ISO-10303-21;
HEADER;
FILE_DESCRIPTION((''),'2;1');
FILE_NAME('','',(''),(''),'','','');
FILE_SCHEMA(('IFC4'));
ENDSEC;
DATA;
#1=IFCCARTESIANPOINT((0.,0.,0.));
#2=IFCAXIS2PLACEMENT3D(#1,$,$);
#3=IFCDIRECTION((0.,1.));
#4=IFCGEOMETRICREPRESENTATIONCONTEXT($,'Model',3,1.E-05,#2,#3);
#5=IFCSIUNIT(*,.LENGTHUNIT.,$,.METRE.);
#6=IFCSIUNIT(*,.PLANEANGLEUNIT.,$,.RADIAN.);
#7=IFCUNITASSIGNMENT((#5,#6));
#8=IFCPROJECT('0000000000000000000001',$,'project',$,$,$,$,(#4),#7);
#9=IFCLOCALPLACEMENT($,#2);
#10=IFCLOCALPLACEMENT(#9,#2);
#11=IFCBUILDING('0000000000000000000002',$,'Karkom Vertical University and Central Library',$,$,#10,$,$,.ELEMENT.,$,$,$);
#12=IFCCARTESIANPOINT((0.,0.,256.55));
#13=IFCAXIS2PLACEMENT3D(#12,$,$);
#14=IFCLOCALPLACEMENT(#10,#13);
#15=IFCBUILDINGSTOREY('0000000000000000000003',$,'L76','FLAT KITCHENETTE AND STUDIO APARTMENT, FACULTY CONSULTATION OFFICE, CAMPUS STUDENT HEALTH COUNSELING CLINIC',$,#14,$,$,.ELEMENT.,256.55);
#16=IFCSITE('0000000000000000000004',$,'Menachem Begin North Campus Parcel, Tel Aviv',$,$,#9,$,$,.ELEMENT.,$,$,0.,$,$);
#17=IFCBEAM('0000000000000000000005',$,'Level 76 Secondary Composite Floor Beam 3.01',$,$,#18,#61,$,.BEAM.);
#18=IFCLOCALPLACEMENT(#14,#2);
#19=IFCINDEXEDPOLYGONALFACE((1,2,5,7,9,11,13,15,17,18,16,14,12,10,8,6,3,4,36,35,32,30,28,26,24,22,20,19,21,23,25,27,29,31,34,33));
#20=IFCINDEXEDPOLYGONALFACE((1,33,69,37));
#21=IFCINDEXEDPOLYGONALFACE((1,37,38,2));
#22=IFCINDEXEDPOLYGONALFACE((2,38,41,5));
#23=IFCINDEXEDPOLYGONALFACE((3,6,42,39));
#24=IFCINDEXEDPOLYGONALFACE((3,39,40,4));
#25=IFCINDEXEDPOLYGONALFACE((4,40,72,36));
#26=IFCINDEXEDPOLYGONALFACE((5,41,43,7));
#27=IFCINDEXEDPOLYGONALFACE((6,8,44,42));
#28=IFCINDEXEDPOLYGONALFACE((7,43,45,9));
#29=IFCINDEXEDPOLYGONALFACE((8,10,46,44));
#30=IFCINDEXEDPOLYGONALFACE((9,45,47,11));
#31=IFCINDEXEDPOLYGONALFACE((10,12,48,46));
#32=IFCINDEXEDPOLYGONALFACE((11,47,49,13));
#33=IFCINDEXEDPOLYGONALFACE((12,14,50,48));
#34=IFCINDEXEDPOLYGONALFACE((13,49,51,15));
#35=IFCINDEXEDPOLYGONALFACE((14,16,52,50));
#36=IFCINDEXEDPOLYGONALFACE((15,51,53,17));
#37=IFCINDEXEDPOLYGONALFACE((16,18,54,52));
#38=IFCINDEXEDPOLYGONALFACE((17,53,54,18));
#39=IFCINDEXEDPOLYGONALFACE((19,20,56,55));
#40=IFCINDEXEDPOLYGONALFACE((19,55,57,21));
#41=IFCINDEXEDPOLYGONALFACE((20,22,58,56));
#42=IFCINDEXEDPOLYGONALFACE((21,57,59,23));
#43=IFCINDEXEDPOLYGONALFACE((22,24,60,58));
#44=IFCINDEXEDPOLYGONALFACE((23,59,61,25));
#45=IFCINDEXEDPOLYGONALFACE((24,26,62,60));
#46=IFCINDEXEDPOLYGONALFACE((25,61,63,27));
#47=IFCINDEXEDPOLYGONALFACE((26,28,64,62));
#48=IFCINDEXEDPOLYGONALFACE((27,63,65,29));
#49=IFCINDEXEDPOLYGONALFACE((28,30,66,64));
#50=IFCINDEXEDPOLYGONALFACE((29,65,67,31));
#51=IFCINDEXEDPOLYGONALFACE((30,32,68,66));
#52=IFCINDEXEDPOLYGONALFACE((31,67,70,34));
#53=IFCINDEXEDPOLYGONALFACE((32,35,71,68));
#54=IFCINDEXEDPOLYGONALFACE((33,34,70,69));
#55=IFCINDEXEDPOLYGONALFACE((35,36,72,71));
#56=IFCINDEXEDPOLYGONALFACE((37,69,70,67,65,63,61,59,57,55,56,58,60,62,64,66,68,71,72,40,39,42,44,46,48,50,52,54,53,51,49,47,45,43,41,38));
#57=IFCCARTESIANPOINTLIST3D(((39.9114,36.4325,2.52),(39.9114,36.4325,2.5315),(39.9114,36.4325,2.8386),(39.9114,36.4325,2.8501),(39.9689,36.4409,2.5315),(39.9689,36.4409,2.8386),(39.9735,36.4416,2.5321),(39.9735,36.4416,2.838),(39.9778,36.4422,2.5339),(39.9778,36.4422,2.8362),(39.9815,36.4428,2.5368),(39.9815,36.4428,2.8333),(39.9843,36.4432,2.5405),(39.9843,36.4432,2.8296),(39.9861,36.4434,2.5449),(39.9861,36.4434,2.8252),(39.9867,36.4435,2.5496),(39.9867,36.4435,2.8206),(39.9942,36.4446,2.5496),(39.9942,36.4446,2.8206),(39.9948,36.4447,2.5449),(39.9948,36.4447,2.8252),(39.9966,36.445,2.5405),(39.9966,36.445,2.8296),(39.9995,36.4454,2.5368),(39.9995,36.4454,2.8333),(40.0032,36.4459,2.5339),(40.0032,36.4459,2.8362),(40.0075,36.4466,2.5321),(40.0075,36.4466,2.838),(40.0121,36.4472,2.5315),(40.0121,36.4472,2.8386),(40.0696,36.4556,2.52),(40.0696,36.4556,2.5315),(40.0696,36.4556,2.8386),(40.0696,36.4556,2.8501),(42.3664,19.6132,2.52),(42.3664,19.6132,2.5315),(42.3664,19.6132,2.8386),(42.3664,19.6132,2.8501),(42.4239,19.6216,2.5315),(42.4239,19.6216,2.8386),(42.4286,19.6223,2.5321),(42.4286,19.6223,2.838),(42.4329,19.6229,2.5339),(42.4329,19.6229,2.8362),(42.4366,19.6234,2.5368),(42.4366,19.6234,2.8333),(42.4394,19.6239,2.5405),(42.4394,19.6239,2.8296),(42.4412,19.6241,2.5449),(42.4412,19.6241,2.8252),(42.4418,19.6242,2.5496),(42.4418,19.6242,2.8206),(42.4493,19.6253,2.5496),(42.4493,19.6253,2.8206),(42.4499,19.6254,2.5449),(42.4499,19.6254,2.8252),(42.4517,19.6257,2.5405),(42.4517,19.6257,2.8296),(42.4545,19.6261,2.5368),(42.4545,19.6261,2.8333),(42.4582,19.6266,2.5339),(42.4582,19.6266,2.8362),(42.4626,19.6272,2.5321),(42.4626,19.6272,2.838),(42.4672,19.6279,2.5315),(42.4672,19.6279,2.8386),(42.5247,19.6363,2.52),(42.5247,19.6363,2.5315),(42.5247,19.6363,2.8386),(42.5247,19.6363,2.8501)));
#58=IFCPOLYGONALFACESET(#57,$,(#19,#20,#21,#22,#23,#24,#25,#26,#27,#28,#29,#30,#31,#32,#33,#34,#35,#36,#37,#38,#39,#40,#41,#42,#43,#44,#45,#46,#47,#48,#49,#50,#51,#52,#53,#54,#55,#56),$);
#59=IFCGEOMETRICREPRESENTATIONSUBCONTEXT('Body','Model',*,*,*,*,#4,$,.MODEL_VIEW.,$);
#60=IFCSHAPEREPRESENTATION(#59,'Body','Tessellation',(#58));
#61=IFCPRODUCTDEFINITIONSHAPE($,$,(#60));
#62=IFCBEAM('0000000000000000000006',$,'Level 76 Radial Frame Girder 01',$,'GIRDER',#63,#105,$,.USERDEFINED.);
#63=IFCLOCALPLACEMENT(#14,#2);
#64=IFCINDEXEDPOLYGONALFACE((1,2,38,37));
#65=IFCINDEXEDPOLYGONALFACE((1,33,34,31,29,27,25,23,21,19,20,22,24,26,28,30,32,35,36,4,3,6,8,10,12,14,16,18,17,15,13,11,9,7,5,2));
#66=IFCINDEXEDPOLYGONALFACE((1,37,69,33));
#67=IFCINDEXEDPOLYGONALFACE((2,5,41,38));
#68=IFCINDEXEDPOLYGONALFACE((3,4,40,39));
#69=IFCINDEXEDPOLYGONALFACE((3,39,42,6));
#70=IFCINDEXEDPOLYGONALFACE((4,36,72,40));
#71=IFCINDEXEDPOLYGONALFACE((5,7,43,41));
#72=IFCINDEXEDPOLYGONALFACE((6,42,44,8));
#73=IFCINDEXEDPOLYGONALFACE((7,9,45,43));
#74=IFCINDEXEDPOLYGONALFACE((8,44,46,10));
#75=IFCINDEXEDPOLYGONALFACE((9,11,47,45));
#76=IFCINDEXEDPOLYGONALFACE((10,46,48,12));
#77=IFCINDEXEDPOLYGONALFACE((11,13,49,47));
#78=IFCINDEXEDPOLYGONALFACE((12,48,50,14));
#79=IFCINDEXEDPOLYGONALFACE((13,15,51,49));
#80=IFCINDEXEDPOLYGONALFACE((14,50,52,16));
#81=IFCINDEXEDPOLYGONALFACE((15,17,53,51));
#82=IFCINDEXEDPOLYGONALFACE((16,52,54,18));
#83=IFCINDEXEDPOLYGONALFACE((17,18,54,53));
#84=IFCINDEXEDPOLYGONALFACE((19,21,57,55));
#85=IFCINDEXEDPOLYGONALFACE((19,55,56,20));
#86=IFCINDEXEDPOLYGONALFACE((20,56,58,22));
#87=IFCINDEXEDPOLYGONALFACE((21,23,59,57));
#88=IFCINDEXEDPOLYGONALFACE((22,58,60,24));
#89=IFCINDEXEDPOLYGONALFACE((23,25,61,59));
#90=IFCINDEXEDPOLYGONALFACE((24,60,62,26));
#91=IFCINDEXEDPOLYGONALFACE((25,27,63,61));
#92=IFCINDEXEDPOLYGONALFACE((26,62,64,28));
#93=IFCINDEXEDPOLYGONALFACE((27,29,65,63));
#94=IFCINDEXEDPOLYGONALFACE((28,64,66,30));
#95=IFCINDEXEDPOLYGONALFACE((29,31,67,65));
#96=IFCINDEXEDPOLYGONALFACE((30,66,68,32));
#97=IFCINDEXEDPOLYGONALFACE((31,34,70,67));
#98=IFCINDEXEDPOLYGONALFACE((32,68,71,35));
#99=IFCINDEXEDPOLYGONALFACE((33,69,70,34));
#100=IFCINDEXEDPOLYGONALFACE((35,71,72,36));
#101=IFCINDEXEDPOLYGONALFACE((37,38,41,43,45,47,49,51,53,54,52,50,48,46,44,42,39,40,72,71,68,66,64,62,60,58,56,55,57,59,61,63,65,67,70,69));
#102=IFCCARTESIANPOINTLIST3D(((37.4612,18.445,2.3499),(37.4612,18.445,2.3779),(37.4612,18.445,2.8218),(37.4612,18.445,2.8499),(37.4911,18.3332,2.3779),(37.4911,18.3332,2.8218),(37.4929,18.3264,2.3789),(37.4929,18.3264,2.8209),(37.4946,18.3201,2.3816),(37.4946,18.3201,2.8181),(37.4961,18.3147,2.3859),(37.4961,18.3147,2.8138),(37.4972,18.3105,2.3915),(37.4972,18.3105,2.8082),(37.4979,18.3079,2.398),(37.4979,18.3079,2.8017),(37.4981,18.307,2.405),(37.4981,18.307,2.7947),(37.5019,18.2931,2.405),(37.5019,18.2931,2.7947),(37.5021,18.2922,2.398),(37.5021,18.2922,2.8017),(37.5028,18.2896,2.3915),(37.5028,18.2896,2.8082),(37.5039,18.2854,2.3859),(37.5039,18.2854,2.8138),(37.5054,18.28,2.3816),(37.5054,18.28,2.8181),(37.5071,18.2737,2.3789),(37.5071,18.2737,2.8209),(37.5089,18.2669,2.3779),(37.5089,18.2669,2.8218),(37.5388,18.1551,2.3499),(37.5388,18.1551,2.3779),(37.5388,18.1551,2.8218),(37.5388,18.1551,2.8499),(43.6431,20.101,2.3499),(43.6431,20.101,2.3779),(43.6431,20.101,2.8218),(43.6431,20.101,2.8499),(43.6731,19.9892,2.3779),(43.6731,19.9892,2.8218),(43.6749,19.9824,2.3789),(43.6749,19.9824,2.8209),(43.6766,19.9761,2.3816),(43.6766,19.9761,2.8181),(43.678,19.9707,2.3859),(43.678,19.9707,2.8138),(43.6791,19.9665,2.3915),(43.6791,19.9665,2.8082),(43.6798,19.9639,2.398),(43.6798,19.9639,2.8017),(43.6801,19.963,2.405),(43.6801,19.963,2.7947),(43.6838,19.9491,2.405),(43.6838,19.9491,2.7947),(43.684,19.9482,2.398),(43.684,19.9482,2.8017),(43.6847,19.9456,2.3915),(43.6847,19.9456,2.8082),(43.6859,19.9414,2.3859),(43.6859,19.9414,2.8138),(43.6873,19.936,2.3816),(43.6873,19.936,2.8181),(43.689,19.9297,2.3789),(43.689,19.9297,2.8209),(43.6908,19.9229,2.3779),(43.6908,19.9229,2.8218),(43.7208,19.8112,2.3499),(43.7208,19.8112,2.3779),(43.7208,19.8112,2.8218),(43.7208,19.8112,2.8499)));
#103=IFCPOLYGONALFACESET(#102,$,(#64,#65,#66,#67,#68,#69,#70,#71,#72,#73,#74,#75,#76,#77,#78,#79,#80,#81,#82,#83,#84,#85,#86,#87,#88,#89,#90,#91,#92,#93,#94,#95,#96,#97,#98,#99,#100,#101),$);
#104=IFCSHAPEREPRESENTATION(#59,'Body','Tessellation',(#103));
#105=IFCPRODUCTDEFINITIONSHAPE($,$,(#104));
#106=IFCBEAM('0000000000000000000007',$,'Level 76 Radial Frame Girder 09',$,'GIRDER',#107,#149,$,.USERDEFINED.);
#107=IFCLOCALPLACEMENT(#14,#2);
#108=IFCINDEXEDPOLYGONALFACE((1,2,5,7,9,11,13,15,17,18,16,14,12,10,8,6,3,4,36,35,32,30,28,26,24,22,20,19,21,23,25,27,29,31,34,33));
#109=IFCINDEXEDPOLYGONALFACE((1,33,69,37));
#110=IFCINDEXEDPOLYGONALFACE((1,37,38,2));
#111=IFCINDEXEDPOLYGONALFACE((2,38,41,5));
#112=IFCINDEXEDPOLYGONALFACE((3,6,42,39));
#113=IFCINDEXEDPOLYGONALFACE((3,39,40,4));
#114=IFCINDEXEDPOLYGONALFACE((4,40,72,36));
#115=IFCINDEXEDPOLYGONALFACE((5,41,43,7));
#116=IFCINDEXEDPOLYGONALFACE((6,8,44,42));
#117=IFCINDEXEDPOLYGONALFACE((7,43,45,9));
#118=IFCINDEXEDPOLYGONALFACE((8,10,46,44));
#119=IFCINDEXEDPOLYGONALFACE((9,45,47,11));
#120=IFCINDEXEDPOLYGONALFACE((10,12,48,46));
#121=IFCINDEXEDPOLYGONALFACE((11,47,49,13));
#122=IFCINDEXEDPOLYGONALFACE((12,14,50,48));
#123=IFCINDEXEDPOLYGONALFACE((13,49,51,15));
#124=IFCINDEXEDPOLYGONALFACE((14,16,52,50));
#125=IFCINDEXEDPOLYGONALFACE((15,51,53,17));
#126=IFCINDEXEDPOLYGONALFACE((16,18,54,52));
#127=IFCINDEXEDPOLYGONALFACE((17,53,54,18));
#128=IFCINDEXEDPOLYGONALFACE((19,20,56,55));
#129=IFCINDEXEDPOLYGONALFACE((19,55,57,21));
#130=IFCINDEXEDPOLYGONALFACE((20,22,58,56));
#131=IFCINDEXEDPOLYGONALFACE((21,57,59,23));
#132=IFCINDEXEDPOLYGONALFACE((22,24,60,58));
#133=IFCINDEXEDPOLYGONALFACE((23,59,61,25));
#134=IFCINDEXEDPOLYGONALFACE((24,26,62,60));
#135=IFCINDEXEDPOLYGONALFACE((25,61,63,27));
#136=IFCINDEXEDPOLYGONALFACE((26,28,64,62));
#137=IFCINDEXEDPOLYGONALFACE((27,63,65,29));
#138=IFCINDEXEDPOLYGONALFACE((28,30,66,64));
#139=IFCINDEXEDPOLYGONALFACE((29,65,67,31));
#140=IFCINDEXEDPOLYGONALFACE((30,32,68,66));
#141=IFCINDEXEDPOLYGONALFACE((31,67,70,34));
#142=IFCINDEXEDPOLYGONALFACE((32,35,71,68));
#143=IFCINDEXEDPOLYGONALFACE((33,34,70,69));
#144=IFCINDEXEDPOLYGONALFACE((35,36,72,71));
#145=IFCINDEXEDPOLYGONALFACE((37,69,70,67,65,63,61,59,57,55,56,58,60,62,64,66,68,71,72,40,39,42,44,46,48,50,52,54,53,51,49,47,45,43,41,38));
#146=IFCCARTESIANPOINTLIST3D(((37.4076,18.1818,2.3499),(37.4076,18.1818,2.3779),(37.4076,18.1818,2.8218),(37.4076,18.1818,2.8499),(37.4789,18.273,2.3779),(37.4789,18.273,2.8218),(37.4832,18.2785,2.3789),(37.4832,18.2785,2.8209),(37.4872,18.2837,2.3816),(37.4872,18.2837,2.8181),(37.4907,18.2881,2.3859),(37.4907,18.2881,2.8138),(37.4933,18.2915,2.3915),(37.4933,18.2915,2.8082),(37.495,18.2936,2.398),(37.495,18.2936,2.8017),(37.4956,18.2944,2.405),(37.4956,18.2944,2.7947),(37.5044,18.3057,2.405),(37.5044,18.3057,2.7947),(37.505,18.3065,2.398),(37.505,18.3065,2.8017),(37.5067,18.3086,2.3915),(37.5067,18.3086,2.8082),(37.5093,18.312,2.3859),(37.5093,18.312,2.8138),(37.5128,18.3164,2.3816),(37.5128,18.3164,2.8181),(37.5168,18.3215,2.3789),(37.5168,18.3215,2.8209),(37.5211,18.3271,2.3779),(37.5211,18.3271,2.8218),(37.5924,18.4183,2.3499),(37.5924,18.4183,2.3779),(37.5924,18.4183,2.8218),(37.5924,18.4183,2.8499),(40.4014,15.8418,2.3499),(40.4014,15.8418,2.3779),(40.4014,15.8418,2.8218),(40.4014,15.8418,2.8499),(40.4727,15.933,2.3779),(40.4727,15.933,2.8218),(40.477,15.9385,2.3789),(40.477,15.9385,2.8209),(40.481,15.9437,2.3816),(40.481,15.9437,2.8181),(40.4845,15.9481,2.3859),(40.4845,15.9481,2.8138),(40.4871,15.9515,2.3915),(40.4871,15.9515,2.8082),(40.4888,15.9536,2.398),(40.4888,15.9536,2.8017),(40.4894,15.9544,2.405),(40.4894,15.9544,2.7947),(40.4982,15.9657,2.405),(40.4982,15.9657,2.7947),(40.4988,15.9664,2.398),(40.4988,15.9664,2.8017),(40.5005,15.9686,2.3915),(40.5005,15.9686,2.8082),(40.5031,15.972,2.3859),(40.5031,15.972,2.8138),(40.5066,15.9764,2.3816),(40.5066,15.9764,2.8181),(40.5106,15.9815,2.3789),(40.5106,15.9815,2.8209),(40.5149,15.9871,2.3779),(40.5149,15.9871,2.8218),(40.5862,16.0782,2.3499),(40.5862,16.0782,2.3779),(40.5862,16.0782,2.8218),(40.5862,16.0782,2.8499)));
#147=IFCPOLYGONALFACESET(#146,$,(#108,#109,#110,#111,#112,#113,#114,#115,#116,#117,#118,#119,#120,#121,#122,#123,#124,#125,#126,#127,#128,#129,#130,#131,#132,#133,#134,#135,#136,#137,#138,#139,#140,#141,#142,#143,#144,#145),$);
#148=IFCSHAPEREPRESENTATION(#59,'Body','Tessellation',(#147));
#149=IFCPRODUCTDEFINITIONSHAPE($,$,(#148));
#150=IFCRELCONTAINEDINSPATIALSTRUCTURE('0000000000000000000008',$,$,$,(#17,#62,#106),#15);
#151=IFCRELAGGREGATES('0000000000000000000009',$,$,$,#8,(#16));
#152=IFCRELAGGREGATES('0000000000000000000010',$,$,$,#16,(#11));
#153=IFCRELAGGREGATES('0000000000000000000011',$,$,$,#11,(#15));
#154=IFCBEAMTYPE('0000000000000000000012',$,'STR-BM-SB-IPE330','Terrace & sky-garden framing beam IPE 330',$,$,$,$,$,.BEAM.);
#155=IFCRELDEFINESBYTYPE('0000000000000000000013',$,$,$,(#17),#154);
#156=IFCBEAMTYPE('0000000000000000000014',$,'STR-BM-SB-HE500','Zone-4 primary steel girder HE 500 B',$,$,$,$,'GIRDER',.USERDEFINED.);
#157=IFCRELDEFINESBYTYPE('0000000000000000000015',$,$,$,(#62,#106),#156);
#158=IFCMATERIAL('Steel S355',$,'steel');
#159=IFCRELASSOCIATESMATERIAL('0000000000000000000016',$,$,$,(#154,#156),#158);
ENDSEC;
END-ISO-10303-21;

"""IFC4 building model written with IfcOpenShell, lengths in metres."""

from ifc_helpers import new_model, si_unit, direction, frame, origin, origin_with_axes, origin_2d, place, context, subcontext, project, spatial, i_section, extrude, source, transform, mapped, material, material_profile, profile_set, type_object, element, save


model = new_model("IFC4")

# Units and contexts
model_context = context("Model", 3, precision=1e-05, world=origin(), true_north=direction((0.0, 1.0)))
body_context = subcontext(model_context, "Body", "Model", "MODEL_VIEW")
ifc_project = project(units=[si_unit("LENGTHUNIT", "METRE"), si_unit("PLANEANGLEUNIT", "RADIAN")], contexts=[model_context])

# Site, building, storey
site_placement = place(None, origin())
site = spatial("IfcSite", under=ifc_project, at=site_placement, Name="Menachem Begin North Campus Parcel, Tel Aviv", CompositionType="ELEMENT", RefElevation=0.0)
building_placement = place(site_placement, origin())
building = spatial("IfcBuilding", under=site, at=building_placement, Name="Karkom Vertical University and Central Library", CompositionType="ELEMENT")
storey_placement = place(building_placement, frame((0.0, 0.0, 256.55)))
storey = spatial("IfcBuildingStorey", under=building, at=storey_placement, Name="L76", Description="FLAT KITCHENETTE AND STUDIO APARTMENT, FACULTY CONSULTATION OFFICE, CAMPUS STUDENT HEALTH COUNSELING CLINIC", CompositionType="ELEMENT", Elevation=256.55)

# Beams
ifc_material_1 = material(Name="Steel S355", Category="steel")
ifc_material_profile_1 = material_profile(ifc_material_1, i_section(OverallWidth=0.1599, OverallDepth=0.3301, WebThickness=0.0076, FlangeThickness=0.0115, FilletRadius=0.0181, at=origin_2d()), Name="IPE 330")
ifc_profile_set_1 = profile_set([ifc_material_profile_1], Name="Steel S355")
beam_type_1 = type_object("IfcBeamType", Name="STR-BM-SB-IPE330", Description="Terrace & sky-garden framing beam IPE 330", PredefinedType="BEAM", material=ifc_profile_set_1)
shared_shape_1 = source(origin_with_axes(), body_context, "Body", "SweptSolid", [
    extrude(i_section(OverallWidth=0.1599, OverallDepth=0.3301, WebThickness=0.0076, FlangeThickness=0.0115, FilletRadius=0.0181, at=origin_2d()), origin(), (0.0, 0.0, 1.0), 16.9976),
])
beam_1_placement = place(storey_placement, frame((42.4456, 19.6248, 2.6851), z_axis=(-0.144437, 0.989514, 0.0), x_axis=(-0.989514, -0.144437, 0.0)))
element("IfcBeam", 1, at=beam_1_placement, inside=storey, type_object=beam_type_1, Name="Level 76 Secondary Composite Floor Beam 3.01", PredefinedType="BEAM", context=body_context, shape_type="MappedRepresentation", body=[
    mapped(shared_shape_1, transform((0.0, 0.0, 0.0), scale=1.0)),
])
ifc_material_profile_2 = material_profile(ifc_material_1, i_section(OverallWidth=0.3, OverallDepth=0.5, WebThickness=0.0144, FlangeThickness=0.0281, FilletRadius=0.0271, at=origin_2d()), Name="HE 500 B")
ifc_profile_set_2 = profile_set([ifc_material_profile_2], Name="Steel S355")
beam_type_2 = type_object("IfcBeamType", Name="STR-BM-SB-HE500", Description="Zone-4 primary steel girder HE 500 B", ElementType="GIRDER", PredefinedType="USERDEFINED", material=ifc_profile_set_2)
shared_shape_2 = source(origin_with_axes(), body_context, "Body", "SweptSolid", [
    extrude(i_section(OverallWidth=0.3, OverallDepth=0.5, WebThickness=0.0144, FlangeThickness=0.0281, FilletRadius=0.0271, at=origin_2d()), origin(), (0.0, 0.0, 1.0), 6.3999),
])
beam_2_placement = place(storey_placement, frame((37.5, 18.3, 2.5999), z_axis=(0.965942, 0.258757, 0.0), x_axis=(-0.258757, 0.965942, 0.0)))
element("IfcBeam", 2, at=beam_2_placement, inside=storey, type_object=beam_type_2, Name="Level 76 Radial Frame Girder 01", ObjectType="GIRDER", PredefinedType="USERDEFINED", context=body_context, shape_type="MappedRepresentation", body=[
    mapped(shared_shape_2, transform((0.0, 0.0, 0.0), scale=1.0)),
])
shared_shape_3 = source(origin_with_axes(), body_context, "Body", "SweptSolid", [
    extrude(i_section(OverallWidth=0.3, OverallDepth=0.5, WebThickness=0.0144, FlangeThickness=0.0281, FilletRadius=0.0271, at=origin_2d()), origin(), (0.0, 0.0, 1.0), 3.7998),
])
beam_3_placement = place(storey_placement, frame((37.5, 18.3, 2.5999), z_axis=(0.787883, -0.615825, 0.0), x_axis=(0.615825, 0.787883, 0.0)))
element("IfcBeam", 3, at=beam_3_placement, inside=storey, type_object=beam_type_2, Name="Level 76 Radial Frame Girder 09", ObjectType="GIRDER", PredefinedType="USERDEFINED", context=body_context, shape_type="MappedRepresentation", body=[
    mapped(shared_shape_3, transform((0.0, 0.0, 0.0), scale=1.0)),
])

save(model, "model.ifc")
